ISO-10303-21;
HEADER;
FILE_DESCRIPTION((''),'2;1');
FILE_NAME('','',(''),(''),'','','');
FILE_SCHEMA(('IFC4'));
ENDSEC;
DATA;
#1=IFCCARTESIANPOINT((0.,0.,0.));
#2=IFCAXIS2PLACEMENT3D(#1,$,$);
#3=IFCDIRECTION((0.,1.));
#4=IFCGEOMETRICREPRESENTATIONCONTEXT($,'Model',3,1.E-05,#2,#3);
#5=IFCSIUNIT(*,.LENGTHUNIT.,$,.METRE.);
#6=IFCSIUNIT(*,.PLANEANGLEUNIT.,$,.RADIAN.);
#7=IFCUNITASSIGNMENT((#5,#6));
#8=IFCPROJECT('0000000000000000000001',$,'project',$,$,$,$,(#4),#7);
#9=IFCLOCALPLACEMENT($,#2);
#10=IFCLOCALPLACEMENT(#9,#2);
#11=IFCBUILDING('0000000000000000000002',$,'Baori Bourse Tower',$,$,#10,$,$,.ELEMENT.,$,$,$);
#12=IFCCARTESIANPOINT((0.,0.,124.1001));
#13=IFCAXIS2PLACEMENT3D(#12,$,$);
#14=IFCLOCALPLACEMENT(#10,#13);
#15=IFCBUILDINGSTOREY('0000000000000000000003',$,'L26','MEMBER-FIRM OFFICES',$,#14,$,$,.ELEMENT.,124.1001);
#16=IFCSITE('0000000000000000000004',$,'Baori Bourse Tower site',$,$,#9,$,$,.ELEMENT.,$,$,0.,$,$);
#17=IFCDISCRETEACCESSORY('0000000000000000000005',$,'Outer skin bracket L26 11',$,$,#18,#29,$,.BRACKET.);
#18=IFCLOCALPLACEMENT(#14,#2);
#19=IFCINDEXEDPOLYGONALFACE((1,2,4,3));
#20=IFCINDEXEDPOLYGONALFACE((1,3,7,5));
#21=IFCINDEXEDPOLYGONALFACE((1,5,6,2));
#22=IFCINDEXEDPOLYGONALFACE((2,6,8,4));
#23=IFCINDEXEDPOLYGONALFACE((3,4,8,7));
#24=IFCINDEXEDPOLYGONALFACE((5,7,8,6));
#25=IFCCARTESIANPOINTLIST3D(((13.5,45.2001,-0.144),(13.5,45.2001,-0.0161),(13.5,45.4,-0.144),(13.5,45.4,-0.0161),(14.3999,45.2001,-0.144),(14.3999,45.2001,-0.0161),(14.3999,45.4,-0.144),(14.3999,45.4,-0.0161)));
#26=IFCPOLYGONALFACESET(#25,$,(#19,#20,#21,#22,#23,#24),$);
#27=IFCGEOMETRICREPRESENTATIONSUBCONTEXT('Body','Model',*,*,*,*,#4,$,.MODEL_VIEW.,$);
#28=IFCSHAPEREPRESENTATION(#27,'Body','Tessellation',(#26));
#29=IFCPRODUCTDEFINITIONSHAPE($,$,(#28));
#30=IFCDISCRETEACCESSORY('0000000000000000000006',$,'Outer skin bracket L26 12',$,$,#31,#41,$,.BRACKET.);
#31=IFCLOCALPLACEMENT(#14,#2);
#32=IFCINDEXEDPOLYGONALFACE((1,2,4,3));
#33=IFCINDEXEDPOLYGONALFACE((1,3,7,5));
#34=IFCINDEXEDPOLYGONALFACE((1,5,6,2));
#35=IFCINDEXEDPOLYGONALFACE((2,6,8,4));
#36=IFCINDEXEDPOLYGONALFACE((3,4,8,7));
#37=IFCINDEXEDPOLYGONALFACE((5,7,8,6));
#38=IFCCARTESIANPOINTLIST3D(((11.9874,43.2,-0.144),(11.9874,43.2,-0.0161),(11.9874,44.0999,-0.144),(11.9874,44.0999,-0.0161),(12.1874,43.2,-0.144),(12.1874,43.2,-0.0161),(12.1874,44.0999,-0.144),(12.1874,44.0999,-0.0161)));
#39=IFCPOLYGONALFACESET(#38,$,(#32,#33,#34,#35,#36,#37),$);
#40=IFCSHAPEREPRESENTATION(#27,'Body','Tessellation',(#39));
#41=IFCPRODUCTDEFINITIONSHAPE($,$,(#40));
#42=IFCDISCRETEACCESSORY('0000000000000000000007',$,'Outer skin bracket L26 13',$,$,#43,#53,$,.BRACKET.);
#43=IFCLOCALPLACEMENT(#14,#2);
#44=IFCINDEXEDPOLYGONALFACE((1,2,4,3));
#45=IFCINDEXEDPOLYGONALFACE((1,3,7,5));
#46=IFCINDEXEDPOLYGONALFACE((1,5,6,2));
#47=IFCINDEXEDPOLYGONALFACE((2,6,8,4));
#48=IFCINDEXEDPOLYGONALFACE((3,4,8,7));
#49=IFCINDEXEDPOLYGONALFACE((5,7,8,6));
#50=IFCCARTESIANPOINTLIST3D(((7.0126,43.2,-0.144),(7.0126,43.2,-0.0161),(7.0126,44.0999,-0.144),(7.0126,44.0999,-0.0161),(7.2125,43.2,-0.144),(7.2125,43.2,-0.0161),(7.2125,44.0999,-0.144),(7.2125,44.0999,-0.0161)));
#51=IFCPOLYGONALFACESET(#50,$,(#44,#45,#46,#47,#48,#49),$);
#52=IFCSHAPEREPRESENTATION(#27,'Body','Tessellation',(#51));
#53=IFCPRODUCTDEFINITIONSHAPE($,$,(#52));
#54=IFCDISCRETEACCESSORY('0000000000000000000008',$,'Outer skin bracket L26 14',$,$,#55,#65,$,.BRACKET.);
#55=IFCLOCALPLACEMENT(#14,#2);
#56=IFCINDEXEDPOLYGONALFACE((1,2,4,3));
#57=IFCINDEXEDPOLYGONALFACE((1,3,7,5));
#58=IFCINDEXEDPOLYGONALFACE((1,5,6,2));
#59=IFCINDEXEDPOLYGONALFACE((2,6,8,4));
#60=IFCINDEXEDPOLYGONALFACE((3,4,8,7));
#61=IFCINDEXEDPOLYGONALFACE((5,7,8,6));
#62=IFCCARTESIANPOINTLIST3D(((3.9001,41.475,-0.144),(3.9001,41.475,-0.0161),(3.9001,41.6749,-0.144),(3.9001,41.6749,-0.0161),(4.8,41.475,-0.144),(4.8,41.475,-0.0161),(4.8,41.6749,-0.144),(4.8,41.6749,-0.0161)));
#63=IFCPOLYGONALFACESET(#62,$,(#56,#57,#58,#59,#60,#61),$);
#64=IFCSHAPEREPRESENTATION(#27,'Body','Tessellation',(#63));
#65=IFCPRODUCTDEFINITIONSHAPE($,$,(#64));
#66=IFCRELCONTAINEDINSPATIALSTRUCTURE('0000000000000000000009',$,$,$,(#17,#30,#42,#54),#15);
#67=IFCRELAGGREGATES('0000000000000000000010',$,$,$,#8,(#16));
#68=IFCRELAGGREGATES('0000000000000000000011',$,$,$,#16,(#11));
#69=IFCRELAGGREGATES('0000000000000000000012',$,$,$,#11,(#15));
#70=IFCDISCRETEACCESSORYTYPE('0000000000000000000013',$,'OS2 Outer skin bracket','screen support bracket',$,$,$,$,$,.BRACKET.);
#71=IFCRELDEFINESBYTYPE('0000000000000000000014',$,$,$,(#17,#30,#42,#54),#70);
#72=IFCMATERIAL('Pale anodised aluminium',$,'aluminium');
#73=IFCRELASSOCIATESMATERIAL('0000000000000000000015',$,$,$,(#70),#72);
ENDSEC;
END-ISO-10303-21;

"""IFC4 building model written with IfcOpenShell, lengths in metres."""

from ifc_helpers import new_model, si_unit, direction, frame, origin, origin_2d, place, context, subcontext, project, spatial, rectangle, extrude, material, type_object, element, save


model = new_model("IFC4")

# Units and contexts
model_context = context("Model", 3, precision=1e-05, world=origin(), true_north=direction((0.0, 1.0)))
body_context = subcontext(model_context, "Body", "Model", "MODEL_VIEW")
ifc_project = project(units=[si_unit("LENGTHUNIT", "METRE"), si_unit("PLANEANGLEUNIT", "RADIAN")], contexts=[model_context])

# Site, building, storey
site_placement = place(None, origin())
site = spatial("IfcSite", under=ifc_project, at=site_placement, Name="Baori Bourse Tower site", CompositionType="ELEMENT", RefElevation=0.0)
building_placement = place(site_placement, origin())
building = spatial("IfcBuilding", under=site, at=building_placement, Name="Baori Bourse Tower", CompositionType="ELEMENT")
storey_placement = place(building_placement, frame((0.0, 0.0, 124.1001)))
storey = spatial("IfcBuildingStorey", under=building, at=storey_placement, Name="L26", Description="MEMBER-FIRM OFFICES", CompositionType="ELEMENT", Elevation=124.1001)

# Discrete accessories
ifc_material_1 = material(Name="Pale anodised aluminium", Category="aluminium")
discrete_accessory_type = type_object("IfcDiscreteAccessoryType", Name="OS2 Outer skin bracket", Description="screen support bracket", PredefinedType="BRACKET", material=ifc_material_1)
for number, where, z_axis, x_axis, name in (
    (1, (13.95, 45.3, -0.144), (0.0, 0.0, 1.0), (0.0, -1.0, 0.0), "Outer skin bracket L26 11"),
    (2, (12.0874, 43.6499, -0.144), (0.0, 0.0, 1.0), (-1.0, 0.0, 0.0), "Outer skin bracket L26 12"),
    (3, (7.1125, 43.6499, -0.144), (0.0, 0.0, 1.0), (-1.0, 0.0, 0.0), "Outer skin bracket L26 13"),
    (4, (4.3501, 41.575, -0.144), (0.0, 0.0, 1.0), (0.0, -1.0, 0.0), "Outer skin bracket L26 14"),
):
    element("IfcDiscreteAccessory", number, at=place(storey_placement, frame(where, z_axis=z_axis, x_axis=x_axis)), inside=storey, type_object=discrete_accessory_type, Name=name, PredefinedType="BRACKET", context=body_context, shape_type="SweptSolid", body=[
        extrude(rectangle(XDim=0.2, YDim=0.8999, at=origin_2d()), origin(), (0.0, 0.0, 1.0), 0.1279),
    ])

save(model, "model.ifc")
